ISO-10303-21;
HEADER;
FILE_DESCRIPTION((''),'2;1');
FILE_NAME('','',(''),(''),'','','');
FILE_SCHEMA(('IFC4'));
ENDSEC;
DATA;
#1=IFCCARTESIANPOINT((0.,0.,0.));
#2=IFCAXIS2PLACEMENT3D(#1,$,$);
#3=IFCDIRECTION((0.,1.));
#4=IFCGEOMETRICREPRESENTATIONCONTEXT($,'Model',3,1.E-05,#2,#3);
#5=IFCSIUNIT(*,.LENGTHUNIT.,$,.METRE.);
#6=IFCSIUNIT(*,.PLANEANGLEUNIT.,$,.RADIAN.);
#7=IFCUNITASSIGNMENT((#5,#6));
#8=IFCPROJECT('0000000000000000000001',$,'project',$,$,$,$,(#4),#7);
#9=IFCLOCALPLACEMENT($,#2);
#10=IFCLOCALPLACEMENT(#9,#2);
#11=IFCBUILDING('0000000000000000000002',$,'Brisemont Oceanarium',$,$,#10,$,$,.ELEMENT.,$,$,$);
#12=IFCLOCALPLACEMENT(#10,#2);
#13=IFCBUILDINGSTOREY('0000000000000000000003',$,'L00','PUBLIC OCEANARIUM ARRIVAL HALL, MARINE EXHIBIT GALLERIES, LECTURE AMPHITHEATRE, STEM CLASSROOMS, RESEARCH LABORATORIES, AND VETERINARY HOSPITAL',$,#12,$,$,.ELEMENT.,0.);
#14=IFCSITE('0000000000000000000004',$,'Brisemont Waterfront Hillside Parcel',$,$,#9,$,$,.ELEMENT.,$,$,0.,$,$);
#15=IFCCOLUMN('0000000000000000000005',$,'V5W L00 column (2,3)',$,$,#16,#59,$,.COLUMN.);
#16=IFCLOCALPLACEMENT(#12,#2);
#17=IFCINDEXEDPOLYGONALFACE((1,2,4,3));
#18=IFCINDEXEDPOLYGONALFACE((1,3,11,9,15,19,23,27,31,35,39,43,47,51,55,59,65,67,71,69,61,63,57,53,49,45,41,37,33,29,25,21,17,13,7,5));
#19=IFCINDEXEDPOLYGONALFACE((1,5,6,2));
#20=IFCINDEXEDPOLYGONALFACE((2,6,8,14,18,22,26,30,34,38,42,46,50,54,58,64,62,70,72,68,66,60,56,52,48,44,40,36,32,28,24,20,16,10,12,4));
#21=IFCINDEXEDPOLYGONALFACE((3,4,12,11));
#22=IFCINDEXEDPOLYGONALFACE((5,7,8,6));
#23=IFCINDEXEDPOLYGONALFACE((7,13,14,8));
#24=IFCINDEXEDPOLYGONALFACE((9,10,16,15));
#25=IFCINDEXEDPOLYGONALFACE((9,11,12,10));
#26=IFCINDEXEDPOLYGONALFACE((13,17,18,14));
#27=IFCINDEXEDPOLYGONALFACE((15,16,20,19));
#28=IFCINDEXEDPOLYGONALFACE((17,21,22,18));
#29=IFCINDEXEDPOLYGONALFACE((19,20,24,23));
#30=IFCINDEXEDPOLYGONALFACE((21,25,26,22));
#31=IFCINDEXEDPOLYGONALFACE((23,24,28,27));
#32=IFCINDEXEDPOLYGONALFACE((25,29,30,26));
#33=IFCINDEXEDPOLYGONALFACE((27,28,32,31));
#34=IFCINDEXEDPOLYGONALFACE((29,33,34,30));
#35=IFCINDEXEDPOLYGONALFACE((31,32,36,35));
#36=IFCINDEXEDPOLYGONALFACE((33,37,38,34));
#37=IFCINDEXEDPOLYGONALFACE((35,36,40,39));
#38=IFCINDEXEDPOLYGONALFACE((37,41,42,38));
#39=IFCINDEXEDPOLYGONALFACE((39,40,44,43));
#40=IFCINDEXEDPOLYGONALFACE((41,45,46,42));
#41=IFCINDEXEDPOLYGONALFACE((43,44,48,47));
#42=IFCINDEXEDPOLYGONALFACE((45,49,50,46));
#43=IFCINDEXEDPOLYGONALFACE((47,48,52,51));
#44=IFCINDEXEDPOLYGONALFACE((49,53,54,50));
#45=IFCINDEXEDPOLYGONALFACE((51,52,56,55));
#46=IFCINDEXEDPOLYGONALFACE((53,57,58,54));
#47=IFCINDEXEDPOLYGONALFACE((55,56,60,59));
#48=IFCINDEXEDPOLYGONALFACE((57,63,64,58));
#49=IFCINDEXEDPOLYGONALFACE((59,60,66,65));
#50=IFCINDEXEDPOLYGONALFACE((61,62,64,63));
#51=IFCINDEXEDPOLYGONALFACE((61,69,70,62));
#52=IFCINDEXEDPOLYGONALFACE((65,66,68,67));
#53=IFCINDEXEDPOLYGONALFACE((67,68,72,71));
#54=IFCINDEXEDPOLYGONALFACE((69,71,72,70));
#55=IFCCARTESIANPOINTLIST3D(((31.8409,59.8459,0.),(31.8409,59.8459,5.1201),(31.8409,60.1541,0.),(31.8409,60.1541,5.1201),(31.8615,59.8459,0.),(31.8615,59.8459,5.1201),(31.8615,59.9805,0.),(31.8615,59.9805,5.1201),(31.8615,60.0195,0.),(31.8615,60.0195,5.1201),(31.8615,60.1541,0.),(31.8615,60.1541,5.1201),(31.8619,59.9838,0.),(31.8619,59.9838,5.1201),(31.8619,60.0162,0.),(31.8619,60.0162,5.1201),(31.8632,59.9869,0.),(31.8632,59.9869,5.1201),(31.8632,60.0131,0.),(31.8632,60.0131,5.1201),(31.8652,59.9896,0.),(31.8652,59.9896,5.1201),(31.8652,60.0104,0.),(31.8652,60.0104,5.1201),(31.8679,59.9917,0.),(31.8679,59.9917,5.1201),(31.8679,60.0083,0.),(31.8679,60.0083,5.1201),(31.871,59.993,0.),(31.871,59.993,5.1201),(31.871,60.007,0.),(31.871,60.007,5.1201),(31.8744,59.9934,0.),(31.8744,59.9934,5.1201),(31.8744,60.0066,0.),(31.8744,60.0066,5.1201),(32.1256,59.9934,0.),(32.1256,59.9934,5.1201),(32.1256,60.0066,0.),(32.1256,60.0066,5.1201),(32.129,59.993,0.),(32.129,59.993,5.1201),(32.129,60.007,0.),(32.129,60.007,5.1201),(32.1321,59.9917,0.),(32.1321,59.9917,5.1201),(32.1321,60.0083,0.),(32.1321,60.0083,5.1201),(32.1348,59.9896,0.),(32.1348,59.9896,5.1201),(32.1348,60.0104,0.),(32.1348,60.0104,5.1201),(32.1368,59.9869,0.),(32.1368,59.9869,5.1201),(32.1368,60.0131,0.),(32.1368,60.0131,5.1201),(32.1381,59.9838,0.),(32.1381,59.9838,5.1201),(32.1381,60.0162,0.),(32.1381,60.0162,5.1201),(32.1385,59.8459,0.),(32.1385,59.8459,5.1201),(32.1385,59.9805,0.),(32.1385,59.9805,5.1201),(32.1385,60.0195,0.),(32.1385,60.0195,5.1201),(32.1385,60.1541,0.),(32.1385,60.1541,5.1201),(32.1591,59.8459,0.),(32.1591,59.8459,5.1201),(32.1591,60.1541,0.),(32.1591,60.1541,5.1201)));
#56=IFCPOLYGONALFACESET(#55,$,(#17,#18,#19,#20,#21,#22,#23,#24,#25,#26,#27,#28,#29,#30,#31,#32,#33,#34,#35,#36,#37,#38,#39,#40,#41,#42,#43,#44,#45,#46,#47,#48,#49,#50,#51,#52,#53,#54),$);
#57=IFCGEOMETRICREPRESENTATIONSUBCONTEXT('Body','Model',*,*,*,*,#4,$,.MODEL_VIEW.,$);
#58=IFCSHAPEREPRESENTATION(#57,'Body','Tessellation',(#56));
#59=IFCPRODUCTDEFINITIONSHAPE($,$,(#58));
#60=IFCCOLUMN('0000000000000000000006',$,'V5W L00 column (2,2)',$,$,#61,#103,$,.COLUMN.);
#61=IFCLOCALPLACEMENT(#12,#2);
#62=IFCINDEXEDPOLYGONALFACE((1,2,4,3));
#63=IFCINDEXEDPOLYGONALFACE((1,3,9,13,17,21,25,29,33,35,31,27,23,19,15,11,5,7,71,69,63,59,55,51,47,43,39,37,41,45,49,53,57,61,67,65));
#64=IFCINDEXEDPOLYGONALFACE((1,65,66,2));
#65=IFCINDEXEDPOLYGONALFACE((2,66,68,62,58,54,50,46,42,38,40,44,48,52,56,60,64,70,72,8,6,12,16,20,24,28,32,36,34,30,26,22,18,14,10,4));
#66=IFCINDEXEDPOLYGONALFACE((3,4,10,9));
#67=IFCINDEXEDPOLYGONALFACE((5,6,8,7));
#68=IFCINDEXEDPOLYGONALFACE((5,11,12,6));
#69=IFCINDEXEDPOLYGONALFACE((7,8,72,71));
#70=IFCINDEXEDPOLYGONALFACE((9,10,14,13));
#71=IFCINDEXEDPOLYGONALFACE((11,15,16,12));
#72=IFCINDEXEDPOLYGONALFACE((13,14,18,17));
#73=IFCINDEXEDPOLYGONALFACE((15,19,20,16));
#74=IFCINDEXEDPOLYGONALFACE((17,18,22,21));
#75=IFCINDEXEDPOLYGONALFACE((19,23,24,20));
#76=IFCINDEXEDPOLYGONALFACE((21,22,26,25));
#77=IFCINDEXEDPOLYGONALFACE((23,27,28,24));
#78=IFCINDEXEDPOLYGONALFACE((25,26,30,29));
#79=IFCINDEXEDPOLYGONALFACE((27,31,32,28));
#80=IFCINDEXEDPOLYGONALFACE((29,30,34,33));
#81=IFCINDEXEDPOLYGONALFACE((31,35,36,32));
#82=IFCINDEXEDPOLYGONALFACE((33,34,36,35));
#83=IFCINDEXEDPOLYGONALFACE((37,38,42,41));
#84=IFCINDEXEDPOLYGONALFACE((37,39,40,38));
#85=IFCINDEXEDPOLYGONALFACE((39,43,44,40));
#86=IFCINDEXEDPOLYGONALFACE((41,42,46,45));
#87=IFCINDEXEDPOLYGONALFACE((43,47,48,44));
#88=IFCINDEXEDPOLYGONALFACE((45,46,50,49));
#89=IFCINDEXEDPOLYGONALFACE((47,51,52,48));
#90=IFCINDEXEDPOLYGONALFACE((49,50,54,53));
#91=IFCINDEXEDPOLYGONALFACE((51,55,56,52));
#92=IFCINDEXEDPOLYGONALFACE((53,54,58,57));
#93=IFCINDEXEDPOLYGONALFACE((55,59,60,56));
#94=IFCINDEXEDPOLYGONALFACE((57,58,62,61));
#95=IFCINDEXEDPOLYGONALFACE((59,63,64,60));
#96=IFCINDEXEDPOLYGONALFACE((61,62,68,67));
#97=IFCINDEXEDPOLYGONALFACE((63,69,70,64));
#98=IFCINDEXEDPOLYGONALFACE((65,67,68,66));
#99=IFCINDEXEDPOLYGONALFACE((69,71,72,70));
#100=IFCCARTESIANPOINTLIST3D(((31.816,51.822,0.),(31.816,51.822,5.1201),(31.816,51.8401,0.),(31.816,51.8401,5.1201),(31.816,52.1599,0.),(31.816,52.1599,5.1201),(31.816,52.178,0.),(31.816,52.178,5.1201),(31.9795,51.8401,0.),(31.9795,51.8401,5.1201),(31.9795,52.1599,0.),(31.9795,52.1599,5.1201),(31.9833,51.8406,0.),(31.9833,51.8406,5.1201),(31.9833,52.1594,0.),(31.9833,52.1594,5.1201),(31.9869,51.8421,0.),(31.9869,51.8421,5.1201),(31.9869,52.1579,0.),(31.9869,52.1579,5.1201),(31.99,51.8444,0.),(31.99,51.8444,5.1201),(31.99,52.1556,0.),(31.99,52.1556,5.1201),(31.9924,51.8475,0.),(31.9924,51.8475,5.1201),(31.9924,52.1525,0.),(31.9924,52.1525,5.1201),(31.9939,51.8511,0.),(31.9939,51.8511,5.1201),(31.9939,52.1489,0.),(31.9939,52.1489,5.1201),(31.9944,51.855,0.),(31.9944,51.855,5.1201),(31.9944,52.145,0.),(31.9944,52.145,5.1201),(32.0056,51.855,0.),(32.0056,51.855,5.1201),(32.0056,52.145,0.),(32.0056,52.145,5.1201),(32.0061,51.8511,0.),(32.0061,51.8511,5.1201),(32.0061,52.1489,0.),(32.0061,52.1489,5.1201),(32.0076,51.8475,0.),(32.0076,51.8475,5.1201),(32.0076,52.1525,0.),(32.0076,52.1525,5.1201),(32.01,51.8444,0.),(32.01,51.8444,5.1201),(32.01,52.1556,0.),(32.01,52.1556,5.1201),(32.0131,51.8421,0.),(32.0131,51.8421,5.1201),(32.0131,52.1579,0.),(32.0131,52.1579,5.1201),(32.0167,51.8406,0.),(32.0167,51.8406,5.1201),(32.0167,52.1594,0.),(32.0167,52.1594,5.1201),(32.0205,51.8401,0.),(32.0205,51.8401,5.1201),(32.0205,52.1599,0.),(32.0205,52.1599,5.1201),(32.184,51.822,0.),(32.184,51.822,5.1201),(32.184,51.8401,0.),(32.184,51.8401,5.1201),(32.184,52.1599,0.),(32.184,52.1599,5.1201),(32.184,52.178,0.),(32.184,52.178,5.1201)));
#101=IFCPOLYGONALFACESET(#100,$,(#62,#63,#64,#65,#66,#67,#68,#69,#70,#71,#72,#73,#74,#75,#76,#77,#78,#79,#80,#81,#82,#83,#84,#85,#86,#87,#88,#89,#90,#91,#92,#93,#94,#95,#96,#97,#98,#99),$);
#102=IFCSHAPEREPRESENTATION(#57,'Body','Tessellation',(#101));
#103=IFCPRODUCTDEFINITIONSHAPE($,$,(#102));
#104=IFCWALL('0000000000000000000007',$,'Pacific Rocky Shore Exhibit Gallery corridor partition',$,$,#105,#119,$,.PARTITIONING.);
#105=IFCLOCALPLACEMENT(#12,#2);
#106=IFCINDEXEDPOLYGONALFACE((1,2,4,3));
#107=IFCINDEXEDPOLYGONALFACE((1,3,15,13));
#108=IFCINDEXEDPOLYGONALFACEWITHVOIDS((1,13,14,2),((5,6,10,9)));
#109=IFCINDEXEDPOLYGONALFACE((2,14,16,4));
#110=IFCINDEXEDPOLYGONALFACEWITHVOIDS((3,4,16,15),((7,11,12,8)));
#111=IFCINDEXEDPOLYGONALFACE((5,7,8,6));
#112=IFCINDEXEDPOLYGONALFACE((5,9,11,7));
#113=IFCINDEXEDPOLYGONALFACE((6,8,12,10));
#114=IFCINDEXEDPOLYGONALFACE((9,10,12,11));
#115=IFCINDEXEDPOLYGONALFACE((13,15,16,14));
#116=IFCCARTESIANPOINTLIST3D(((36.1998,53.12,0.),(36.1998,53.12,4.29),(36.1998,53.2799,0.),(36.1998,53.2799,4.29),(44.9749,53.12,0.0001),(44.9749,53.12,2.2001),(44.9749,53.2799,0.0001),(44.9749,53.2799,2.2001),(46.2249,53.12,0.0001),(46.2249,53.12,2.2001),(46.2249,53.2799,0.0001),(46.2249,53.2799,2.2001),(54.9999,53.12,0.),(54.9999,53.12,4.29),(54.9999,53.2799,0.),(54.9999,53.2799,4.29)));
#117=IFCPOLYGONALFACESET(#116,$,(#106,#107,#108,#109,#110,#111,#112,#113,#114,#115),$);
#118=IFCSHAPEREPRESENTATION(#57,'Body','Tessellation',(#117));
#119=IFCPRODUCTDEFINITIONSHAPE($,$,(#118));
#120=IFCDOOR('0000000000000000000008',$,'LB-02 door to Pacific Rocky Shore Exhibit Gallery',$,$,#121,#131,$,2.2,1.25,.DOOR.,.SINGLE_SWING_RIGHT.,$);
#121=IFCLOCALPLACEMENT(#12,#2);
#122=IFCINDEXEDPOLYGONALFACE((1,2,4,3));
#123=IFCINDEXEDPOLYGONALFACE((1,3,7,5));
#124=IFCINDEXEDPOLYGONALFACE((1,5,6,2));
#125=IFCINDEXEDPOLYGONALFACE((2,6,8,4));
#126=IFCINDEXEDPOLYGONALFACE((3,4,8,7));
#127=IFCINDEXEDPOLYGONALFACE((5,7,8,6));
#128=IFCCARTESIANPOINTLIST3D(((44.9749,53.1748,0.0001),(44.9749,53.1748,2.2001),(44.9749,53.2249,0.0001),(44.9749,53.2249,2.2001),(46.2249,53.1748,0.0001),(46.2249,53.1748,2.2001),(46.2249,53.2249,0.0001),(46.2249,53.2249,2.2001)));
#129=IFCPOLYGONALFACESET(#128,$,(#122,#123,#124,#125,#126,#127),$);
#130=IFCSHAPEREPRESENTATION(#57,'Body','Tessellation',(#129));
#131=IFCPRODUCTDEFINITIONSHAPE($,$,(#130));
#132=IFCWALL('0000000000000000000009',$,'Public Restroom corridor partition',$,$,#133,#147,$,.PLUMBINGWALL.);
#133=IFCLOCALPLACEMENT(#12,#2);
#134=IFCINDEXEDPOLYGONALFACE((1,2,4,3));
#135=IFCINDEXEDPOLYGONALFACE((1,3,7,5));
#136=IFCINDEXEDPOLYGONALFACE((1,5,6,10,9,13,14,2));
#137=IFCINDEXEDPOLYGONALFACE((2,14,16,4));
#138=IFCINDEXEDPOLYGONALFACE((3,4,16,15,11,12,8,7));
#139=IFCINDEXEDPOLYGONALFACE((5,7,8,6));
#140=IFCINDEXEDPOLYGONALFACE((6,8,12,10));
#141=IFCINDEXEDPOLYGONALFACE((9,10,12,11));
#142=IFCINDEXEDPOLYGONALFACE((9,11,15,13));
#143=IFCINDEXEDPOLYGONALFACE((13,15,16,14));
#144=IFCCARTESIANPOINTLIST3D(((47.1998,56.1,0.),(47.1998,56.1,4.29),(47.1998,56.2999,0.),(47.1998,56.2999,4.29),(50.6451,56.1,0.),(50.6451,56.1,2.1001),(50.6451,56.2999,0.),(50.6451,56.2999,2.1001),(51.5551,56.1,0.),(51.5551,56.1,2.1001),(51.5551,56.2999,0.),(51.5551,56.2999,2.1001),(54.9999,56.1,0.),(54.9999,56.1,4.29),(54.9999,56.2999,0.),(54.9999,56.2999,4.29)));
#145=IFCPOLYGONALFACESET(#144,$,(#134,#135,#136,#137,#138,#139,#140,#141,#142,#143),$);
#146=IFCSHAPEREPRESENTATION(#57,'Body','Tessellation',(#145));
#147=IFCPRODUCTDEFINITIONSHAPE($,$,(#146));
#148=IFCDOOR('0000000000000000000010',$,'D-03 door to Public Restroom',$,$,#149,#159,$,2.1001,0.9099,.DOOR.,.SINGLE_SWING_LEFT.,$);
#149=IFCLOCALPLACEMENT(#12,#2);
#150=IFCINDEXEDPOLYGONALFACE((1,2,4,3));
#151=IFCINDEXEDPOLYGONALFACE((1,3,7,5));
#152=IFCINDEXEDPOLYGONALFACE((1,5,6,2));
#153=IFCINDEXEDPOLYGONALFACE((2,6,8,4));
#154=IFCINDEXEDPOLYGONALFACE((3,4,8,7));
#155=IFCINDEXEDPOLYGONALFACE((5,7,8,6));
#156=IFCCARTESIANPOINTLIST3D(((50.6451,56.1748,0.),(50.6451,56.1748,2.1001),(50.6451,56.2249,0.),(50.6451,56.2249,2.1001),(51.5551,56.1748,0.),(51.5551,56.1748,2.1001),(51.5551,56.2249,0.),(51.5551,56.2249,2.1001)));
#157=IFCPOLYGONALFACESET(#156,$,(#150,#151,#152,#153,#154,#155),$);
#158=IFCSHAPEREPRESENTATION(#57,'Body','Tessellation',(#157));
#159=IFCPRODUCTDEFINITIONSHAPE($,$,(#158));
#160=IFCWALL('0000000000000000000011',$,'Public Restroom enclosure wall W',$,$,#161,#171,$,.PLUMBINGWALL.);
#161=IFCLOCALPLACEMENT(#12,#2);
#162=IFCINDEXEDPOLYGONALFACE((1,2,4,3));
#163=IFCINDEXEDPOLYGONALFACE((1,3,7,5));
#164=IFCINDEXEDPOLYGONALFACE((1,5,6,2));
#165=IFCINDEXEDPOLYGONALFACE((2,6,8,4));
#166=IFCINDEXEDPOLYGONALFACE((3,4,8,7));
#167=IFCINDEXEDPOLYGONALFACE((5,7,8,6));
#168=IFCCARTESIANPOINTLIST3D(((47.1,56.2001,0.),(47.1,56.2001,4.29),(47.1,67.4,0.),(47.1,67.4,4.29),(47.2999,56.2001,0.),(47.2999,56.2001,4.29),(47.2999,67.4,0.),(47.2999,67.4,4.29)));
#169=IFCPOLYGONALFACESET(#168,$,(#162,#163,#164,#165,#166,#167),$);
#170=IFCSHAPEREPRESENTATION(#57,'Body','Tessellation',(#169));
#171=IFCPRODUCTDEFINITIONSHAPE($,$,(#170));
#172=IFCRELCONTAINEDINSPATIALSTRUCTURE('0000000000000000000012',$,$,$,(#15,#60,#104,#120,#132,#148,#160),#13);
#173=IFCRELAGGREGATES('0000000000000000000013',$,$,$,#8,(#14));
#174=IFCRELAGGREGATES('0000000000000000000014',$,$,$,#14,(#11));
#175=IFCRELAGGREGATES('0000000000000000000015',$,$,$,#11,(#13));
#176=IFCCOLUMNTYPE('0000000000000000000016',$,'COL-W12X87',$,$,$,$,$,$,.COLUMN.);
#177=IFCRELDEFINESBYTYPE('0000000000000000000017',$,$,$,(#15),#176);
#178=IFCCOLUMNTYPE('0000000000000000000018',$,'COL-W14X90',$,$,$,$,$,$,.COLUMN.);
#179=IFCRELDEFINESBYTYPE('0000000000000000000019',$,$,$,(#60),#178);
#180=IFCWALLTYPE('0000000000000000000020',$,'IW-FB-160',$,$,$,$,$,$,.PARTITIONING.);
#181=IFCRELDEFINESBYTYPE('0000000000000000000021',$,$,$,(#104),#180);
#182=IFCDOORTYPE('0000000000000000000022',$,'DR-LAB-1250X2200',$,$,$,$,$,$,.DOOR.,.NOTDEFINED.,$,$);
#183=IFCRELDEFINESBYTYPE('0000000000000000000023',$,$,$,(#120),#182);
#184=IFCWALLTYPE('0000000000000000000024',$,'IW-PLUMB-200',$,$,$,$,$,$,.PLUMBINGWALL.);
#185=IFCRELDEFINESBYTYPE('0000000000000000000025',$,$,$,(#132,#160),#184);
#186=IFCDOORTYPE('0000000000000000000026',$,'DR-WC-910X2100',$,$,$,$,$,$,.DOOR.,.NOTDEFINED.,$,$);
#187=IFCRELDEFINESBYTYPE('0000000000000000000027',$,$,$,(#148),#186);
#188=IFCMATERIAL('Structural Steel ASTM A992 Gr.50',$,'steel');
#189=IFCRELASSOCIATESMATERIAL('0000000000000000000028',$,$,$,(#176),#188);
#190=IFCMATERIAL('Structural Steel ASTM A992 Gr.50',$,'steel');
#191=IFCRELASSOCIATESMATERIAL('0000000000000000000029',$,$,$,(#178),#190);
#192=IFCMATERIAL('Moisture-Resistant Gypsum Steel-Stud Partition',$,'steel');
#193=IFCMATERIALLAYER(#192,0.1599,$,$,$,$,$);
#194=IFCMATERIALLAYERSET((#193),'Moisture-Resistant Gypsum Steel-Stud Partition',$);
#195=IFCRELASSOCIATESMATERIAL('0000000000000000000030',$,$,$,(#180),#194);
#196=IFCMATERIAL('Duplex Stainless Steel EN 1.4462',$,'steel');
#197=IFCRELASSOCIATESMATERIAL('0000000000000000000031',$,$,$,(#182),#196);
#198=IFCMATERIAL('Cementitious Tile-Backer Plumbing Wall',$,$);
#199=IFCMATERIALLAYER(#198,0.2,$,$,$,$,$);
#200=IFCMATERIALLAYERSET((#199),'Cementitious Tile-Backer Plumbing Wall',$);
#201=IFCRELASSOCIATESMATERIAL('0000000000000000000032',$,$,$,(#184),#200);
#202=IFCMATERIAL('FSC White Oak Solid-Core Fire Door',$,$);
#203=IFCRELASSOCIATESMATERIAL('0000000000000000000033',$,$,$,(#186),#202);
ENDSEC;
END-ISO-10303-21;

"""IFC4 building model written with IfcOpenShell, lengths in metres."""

from ifc_helpers import new_model, si_unit, direction, frame, frame_2d, origin, origin_2d, place, context, subcontext, project, spatial, rectangle, i_section, extrude, material, layer, layer_set, material_profile, profile_set, type_object, element, fill, save


model = new_model("IFC4")

# Units and contexts
model_context = context("Model", 3, precision=1e-05, world=origin(), true_north=direction((0.0, 1.0)))
body_context = subcontext(model_context, "Body", "Model", "MODEL_VIEW")
ifc_project = project(units=[si_unit("LENGTHUNIT", "METRE"), si_unit("PLANEANGLEUNIT", "RADIAN")], contexts=[model_context])

# Site, building, storey
site_placement = place(None, origin())
site = spatial("IfcSite", under=ifc_project, at=site_placement, Name="Brisemont Waterfront Hillside Parcel", CompositionType="ELEMENT", RefElevation=0.0)
building_placement = place(site_placement, origin())
building = spatial("IfcBuilding", under=site, at=building_placement, Name="Brisemont Oceanarium", CompositionType="ELEMENT")
storey_placement = place(building_placement, origin())
storey = spatial("IfcBuildingStorey", under=building, at=storey_placement, Name="L00", Description="PUBLIC OCEANARIUM ARRIVAL HALL, MARINE EXHIBIT GALLERIES, LECTURE AMPHITHEATRE, STEM CLASSROOMS, RESEARCH LABORATORIES, AND VETERINARY HOSPITAL", CompositionType="ELEMENT", Elevation=0.0)

# Columns
ifc_material_1 = material(Name="Structural Steel ASTM A992 Gr.50", Category="steel")
ifc_material_profile_1 = material_profile(ifc_material_1, i_section(OverallWidth=0.3081, OverallDepth=0.3181, WebThickness=0.0132, FlangeThickness=0.0205, FilletRadius=0.0129, at=origin_2d()), Name="W12X87")
ifc_profile_set_1 = profile_set([ifc_material_profile_1], Name="Structural Steel ASTM A992 Gr.50")
column_type_1 = type_object("IfcColumnType", Name="COL-W12X87", PredefinedType="COLUMN", material=ifc_profile_set_1)
column_1_placement = place(storey_placement, frame((32.0, 60.0, 0.0), z_axis=(0.0, 0.0, 1.0), x_axis=(0.0, 1.0, 0.0)))
element("IfcColumn", 1, at=column_1_placement, inside=storey, type_object=column_type_1, Name="V5W L00 column (2,3)", PredefinedType="COLUMN", context=body_context, shape_type="SweptSolid", body=[
    extrude(i_section(OverallWidth=0.3081, OverallDepth=0.3181, WebThickness=0.0132, FlangeThickness=0.0205, FilletRadius=0.0129, at=origin_2d()), origin(), (0.0, 0.0, 1.0), 5.1201),
])
ifc_material_2 = material(Name="Structural Steel ASTM A992 Gr.50", Category="steel")
ifc_material_profile_2 = material_profile(ifc_material_2, i_section(OverallWidth=0.3679, OverallDepth=0.356, WebThickness=0.0112, FlangeThickness=0.0181, FilletRadius=0.0149, at=origin_2d()), Name="W14X90")
ifc_profile_set_2 = profile_set([ifc_material_profile_2], Name="Structural Steel ASTM A992 Gr.50")
column_type_2 = type_object("IfcColumnType", Name="COL-W14X90", PredefinedType="COLUMN", material=ifc_profile_set_2)
column_2_placement = place(storey_placement, frame((32.0, 52.0, 0.0), z_axis=(0.0, 0.0, 1.0), x_axis=(1.0, 0.0, 0.0)))
element("IfcColumn", 2, at=column_2_placement, inside=storey, type_object=column_type_2, Name="V5W L00 column (2,2)", PredefinedType="COLUMN", context=body_context, shape_type="SweptSolid", body=[
    extrude(i_section(OverallWidth=0.3679, OverallDepth=0.356, WebThickness=0.0112, FlangeThickness=0.0181, FilletRadius=0.0149, at=origin_2d()), origin(), (0.0, 0.0, 1.0), 5.1201),
])

# Walls, openings, doors
ifc_material_3 = material(Name="Moisture-Resistant Gypsum Steel-Stud Partition", Category="steel")
ifc_layer_1 = layer(ifc_material_3, 0.1599)
ifc_layer_set_1 = layer_set([ifc_layer_1], Name="Moisture-Resistant Gypsum Steel-Stud Partition")
wall_type_1 = type_object("IfcWallType", Name="IW-FB-160", PredefinedType="PARTITIONING", material=ifc_layer_set_1)
wall_1_placement = place(storey_placement, frame((36.2, 53.2, 0.0), z_axis=(0.0, 0.0, 1.0), x_axis=(1.0, 0.0, 0.0)))
wall_1 = element("IfcWall", 3, at=wall_1_placement, inside=storey, type_object=wall_type_1, Name="Pacific Rocky Shore Exhibit Gallery corridor partition", PredefinedType="PARTITIONING", context=body_context, shape_type="SweptSolid", body=[
    extrude(rectangle(XDim=18.8, YDim=0.1599, at=frame_2d((9.3999, 0.0))), origin(), (0.0, 0.0, 1.0), 4.29),
])
opening_1_placement = place(wall_1_placement, frame((8.7749, 0.0, 0.0)))
opening_1 = element("IfcOpeningElement", 4, at=opening_1_placement, cuts=wall_1, PredefinedType="OPENING", context=body_context, shape_type="SweptSolid", body=[
    extrude(rectangle(XDim=1.25, YDim=2.2, at=frame_2d((0.625, 1.1001))), frame((0.0, 0.0898, 0.0), z_axis=(0.0, -1.0, 0.0), x_axis=(1.0, 0.0, 0.0)), (0.0, 0.0, 1.0), 0.1799),
])
ifc_material_4 = material(Name="Duplex Stainless Steel EN 1.4462", Category="steel")
door_type_1 = type_object("IfcDoorType", Name="DR-LAB-1250X2200", OperationType="NOTDEFINED", PredefinedType="DOOR", material=ifc_material_4)
door_1_placement = place(opening_1_placement, origin())
door_1 = element("IfcDoor", 5, at=door_1_placement, inside=storey, type_object=door_type_1, Name="LB-02 door to Pacific Rocky Shore Exhibit Gallery", OperationType="SINGLE_SWING_RIGHT", OverallHeight=2.2, OverallWidth=1.25, PredefinedType="DOOR", context=body_context, shape_type="SweptSolid", body=[
    extrude(rectangle(XDim=1.25, YDim=2.2, at=frame_2d((0.625, 1.1001))), frame((0.0, 0.0249, 0.0), z_axis=(0.0, -1.0, 0.0), x_axis=(1.0, 0.0, 0.0)), (0.0, 0.0, 1.0), 0.05),
])
fill(opening_1, door_1)
ifc_material_5 = material(Name="Cementitious Tile-Backer Plumbing Wall")
ifc_layer_2 = layer(ifc_material_5, 0.2)
ifc_layer_set_2 = layer_set([ifc_layer_2], Name="Cementitious Tile-Backer Plumbing Wall")
wall_type_2 = type_object("IfcWallType", Name="IW-PLUMB-200", PredefinedType="PLUMBINGWALL", material=ifc_layer_set_2)
wall_2_placement = place(storey_placement, frame((47.2, 56.2, 0.0), z_axis=(0.0, 0.0, 1.0), x_axis=(1.0, 0.0, 0.0)))
wall_2 = element("IfcWall", 6, at=wall_2_placement, inside=storey, type_object=wall_type_2, Name="Public Restroom corridor partition", PredefinedType="PLUMBINGWALL", context=body_context, shape_type="SweptSolid", body=[
    extrude(rectangle(XDim=7.8, YDim=0.2, at=frame_2d((3.8999, 0.0))), origin(), (0.0, 0.0, 1.0), 4.29),
])
opening_2_placement = place(wall_2_placement, frame((3.4451, 0.0, 0.0)))
opening_2 = element("IfcOpeningElement", 7, at=opening_2_placement, cuts=wall_2, PredefinedType="OPENING", context=body_context, shape_type="SweptSolid", body=[
    extrude(rectangle(XDim=0.9099, YDim=2.1001, at=frame_2d((0.4551, 1.05))), frame((0.0, 0.1099, 0.0), z_axis=(0.0, -1.0, 0.0), x_axis=(1.0, 0.0, 0.0)), (0.0, 0.0, 1.0), 0.22),
])
ifc_material_6 = material(Name="FSC White Oak Solid-Core Fire Door")
door_type_2 = type_object("IfcDoorType", Name="DR-WC-910X2100", OperationType="NOTDEFINED", PredefinedType="DOOR", material=ifc_material_6)
door_2_placement = place(opening_2_placement, origin())
door_2 = element("IfcDoor", 8, at=door_2_placement, inside=storey, type_object=door_type_2, Name="D-03 door to Public Restroom", OperationType="SINGLE_SWING_LEFT", OverallHeight=2.1001, OverallWidth=0.9099, PredefinedType="DOOR", context=body_context, shape_type="SweptSolid", body=[
    extrude(rectangle(XDim=0.9099, YDim=2.1001, at=frame_2d((0.4551, 1.05))), frame((0.0, 0.0249, 0.0), z_axis=(0.0, -1.0, 0.0), x_axis=(1.0, 0.0, 0.0)), (0.0, 0.0, 1.0), 0.05),
])
fill(opening_2, door_2)

# Wall
wall_3_placement = place(storey_placement, frame((47.2, 56.2, 0.0), z_axis=(0.0, 0.0, 1.0), x_axis=(0.0, 1.0, 0.0)))
element("IfcWall", 9, at=wall_3_placement, inside=storey, type_object=wall_type_2, Name="Public Restroom enclosure wall W", PredefinedType="PLUMBINGWALL", context=body_context, shape_type="SweptSolid", body=[
    extrude(rectangle(XDim=11.2, YDim=0.2, at=frame_2d((5.6001, 0.0))), origin(), (0.0, 0.0, 1.0), 4.29),
])

save(model, "model.ifc")
